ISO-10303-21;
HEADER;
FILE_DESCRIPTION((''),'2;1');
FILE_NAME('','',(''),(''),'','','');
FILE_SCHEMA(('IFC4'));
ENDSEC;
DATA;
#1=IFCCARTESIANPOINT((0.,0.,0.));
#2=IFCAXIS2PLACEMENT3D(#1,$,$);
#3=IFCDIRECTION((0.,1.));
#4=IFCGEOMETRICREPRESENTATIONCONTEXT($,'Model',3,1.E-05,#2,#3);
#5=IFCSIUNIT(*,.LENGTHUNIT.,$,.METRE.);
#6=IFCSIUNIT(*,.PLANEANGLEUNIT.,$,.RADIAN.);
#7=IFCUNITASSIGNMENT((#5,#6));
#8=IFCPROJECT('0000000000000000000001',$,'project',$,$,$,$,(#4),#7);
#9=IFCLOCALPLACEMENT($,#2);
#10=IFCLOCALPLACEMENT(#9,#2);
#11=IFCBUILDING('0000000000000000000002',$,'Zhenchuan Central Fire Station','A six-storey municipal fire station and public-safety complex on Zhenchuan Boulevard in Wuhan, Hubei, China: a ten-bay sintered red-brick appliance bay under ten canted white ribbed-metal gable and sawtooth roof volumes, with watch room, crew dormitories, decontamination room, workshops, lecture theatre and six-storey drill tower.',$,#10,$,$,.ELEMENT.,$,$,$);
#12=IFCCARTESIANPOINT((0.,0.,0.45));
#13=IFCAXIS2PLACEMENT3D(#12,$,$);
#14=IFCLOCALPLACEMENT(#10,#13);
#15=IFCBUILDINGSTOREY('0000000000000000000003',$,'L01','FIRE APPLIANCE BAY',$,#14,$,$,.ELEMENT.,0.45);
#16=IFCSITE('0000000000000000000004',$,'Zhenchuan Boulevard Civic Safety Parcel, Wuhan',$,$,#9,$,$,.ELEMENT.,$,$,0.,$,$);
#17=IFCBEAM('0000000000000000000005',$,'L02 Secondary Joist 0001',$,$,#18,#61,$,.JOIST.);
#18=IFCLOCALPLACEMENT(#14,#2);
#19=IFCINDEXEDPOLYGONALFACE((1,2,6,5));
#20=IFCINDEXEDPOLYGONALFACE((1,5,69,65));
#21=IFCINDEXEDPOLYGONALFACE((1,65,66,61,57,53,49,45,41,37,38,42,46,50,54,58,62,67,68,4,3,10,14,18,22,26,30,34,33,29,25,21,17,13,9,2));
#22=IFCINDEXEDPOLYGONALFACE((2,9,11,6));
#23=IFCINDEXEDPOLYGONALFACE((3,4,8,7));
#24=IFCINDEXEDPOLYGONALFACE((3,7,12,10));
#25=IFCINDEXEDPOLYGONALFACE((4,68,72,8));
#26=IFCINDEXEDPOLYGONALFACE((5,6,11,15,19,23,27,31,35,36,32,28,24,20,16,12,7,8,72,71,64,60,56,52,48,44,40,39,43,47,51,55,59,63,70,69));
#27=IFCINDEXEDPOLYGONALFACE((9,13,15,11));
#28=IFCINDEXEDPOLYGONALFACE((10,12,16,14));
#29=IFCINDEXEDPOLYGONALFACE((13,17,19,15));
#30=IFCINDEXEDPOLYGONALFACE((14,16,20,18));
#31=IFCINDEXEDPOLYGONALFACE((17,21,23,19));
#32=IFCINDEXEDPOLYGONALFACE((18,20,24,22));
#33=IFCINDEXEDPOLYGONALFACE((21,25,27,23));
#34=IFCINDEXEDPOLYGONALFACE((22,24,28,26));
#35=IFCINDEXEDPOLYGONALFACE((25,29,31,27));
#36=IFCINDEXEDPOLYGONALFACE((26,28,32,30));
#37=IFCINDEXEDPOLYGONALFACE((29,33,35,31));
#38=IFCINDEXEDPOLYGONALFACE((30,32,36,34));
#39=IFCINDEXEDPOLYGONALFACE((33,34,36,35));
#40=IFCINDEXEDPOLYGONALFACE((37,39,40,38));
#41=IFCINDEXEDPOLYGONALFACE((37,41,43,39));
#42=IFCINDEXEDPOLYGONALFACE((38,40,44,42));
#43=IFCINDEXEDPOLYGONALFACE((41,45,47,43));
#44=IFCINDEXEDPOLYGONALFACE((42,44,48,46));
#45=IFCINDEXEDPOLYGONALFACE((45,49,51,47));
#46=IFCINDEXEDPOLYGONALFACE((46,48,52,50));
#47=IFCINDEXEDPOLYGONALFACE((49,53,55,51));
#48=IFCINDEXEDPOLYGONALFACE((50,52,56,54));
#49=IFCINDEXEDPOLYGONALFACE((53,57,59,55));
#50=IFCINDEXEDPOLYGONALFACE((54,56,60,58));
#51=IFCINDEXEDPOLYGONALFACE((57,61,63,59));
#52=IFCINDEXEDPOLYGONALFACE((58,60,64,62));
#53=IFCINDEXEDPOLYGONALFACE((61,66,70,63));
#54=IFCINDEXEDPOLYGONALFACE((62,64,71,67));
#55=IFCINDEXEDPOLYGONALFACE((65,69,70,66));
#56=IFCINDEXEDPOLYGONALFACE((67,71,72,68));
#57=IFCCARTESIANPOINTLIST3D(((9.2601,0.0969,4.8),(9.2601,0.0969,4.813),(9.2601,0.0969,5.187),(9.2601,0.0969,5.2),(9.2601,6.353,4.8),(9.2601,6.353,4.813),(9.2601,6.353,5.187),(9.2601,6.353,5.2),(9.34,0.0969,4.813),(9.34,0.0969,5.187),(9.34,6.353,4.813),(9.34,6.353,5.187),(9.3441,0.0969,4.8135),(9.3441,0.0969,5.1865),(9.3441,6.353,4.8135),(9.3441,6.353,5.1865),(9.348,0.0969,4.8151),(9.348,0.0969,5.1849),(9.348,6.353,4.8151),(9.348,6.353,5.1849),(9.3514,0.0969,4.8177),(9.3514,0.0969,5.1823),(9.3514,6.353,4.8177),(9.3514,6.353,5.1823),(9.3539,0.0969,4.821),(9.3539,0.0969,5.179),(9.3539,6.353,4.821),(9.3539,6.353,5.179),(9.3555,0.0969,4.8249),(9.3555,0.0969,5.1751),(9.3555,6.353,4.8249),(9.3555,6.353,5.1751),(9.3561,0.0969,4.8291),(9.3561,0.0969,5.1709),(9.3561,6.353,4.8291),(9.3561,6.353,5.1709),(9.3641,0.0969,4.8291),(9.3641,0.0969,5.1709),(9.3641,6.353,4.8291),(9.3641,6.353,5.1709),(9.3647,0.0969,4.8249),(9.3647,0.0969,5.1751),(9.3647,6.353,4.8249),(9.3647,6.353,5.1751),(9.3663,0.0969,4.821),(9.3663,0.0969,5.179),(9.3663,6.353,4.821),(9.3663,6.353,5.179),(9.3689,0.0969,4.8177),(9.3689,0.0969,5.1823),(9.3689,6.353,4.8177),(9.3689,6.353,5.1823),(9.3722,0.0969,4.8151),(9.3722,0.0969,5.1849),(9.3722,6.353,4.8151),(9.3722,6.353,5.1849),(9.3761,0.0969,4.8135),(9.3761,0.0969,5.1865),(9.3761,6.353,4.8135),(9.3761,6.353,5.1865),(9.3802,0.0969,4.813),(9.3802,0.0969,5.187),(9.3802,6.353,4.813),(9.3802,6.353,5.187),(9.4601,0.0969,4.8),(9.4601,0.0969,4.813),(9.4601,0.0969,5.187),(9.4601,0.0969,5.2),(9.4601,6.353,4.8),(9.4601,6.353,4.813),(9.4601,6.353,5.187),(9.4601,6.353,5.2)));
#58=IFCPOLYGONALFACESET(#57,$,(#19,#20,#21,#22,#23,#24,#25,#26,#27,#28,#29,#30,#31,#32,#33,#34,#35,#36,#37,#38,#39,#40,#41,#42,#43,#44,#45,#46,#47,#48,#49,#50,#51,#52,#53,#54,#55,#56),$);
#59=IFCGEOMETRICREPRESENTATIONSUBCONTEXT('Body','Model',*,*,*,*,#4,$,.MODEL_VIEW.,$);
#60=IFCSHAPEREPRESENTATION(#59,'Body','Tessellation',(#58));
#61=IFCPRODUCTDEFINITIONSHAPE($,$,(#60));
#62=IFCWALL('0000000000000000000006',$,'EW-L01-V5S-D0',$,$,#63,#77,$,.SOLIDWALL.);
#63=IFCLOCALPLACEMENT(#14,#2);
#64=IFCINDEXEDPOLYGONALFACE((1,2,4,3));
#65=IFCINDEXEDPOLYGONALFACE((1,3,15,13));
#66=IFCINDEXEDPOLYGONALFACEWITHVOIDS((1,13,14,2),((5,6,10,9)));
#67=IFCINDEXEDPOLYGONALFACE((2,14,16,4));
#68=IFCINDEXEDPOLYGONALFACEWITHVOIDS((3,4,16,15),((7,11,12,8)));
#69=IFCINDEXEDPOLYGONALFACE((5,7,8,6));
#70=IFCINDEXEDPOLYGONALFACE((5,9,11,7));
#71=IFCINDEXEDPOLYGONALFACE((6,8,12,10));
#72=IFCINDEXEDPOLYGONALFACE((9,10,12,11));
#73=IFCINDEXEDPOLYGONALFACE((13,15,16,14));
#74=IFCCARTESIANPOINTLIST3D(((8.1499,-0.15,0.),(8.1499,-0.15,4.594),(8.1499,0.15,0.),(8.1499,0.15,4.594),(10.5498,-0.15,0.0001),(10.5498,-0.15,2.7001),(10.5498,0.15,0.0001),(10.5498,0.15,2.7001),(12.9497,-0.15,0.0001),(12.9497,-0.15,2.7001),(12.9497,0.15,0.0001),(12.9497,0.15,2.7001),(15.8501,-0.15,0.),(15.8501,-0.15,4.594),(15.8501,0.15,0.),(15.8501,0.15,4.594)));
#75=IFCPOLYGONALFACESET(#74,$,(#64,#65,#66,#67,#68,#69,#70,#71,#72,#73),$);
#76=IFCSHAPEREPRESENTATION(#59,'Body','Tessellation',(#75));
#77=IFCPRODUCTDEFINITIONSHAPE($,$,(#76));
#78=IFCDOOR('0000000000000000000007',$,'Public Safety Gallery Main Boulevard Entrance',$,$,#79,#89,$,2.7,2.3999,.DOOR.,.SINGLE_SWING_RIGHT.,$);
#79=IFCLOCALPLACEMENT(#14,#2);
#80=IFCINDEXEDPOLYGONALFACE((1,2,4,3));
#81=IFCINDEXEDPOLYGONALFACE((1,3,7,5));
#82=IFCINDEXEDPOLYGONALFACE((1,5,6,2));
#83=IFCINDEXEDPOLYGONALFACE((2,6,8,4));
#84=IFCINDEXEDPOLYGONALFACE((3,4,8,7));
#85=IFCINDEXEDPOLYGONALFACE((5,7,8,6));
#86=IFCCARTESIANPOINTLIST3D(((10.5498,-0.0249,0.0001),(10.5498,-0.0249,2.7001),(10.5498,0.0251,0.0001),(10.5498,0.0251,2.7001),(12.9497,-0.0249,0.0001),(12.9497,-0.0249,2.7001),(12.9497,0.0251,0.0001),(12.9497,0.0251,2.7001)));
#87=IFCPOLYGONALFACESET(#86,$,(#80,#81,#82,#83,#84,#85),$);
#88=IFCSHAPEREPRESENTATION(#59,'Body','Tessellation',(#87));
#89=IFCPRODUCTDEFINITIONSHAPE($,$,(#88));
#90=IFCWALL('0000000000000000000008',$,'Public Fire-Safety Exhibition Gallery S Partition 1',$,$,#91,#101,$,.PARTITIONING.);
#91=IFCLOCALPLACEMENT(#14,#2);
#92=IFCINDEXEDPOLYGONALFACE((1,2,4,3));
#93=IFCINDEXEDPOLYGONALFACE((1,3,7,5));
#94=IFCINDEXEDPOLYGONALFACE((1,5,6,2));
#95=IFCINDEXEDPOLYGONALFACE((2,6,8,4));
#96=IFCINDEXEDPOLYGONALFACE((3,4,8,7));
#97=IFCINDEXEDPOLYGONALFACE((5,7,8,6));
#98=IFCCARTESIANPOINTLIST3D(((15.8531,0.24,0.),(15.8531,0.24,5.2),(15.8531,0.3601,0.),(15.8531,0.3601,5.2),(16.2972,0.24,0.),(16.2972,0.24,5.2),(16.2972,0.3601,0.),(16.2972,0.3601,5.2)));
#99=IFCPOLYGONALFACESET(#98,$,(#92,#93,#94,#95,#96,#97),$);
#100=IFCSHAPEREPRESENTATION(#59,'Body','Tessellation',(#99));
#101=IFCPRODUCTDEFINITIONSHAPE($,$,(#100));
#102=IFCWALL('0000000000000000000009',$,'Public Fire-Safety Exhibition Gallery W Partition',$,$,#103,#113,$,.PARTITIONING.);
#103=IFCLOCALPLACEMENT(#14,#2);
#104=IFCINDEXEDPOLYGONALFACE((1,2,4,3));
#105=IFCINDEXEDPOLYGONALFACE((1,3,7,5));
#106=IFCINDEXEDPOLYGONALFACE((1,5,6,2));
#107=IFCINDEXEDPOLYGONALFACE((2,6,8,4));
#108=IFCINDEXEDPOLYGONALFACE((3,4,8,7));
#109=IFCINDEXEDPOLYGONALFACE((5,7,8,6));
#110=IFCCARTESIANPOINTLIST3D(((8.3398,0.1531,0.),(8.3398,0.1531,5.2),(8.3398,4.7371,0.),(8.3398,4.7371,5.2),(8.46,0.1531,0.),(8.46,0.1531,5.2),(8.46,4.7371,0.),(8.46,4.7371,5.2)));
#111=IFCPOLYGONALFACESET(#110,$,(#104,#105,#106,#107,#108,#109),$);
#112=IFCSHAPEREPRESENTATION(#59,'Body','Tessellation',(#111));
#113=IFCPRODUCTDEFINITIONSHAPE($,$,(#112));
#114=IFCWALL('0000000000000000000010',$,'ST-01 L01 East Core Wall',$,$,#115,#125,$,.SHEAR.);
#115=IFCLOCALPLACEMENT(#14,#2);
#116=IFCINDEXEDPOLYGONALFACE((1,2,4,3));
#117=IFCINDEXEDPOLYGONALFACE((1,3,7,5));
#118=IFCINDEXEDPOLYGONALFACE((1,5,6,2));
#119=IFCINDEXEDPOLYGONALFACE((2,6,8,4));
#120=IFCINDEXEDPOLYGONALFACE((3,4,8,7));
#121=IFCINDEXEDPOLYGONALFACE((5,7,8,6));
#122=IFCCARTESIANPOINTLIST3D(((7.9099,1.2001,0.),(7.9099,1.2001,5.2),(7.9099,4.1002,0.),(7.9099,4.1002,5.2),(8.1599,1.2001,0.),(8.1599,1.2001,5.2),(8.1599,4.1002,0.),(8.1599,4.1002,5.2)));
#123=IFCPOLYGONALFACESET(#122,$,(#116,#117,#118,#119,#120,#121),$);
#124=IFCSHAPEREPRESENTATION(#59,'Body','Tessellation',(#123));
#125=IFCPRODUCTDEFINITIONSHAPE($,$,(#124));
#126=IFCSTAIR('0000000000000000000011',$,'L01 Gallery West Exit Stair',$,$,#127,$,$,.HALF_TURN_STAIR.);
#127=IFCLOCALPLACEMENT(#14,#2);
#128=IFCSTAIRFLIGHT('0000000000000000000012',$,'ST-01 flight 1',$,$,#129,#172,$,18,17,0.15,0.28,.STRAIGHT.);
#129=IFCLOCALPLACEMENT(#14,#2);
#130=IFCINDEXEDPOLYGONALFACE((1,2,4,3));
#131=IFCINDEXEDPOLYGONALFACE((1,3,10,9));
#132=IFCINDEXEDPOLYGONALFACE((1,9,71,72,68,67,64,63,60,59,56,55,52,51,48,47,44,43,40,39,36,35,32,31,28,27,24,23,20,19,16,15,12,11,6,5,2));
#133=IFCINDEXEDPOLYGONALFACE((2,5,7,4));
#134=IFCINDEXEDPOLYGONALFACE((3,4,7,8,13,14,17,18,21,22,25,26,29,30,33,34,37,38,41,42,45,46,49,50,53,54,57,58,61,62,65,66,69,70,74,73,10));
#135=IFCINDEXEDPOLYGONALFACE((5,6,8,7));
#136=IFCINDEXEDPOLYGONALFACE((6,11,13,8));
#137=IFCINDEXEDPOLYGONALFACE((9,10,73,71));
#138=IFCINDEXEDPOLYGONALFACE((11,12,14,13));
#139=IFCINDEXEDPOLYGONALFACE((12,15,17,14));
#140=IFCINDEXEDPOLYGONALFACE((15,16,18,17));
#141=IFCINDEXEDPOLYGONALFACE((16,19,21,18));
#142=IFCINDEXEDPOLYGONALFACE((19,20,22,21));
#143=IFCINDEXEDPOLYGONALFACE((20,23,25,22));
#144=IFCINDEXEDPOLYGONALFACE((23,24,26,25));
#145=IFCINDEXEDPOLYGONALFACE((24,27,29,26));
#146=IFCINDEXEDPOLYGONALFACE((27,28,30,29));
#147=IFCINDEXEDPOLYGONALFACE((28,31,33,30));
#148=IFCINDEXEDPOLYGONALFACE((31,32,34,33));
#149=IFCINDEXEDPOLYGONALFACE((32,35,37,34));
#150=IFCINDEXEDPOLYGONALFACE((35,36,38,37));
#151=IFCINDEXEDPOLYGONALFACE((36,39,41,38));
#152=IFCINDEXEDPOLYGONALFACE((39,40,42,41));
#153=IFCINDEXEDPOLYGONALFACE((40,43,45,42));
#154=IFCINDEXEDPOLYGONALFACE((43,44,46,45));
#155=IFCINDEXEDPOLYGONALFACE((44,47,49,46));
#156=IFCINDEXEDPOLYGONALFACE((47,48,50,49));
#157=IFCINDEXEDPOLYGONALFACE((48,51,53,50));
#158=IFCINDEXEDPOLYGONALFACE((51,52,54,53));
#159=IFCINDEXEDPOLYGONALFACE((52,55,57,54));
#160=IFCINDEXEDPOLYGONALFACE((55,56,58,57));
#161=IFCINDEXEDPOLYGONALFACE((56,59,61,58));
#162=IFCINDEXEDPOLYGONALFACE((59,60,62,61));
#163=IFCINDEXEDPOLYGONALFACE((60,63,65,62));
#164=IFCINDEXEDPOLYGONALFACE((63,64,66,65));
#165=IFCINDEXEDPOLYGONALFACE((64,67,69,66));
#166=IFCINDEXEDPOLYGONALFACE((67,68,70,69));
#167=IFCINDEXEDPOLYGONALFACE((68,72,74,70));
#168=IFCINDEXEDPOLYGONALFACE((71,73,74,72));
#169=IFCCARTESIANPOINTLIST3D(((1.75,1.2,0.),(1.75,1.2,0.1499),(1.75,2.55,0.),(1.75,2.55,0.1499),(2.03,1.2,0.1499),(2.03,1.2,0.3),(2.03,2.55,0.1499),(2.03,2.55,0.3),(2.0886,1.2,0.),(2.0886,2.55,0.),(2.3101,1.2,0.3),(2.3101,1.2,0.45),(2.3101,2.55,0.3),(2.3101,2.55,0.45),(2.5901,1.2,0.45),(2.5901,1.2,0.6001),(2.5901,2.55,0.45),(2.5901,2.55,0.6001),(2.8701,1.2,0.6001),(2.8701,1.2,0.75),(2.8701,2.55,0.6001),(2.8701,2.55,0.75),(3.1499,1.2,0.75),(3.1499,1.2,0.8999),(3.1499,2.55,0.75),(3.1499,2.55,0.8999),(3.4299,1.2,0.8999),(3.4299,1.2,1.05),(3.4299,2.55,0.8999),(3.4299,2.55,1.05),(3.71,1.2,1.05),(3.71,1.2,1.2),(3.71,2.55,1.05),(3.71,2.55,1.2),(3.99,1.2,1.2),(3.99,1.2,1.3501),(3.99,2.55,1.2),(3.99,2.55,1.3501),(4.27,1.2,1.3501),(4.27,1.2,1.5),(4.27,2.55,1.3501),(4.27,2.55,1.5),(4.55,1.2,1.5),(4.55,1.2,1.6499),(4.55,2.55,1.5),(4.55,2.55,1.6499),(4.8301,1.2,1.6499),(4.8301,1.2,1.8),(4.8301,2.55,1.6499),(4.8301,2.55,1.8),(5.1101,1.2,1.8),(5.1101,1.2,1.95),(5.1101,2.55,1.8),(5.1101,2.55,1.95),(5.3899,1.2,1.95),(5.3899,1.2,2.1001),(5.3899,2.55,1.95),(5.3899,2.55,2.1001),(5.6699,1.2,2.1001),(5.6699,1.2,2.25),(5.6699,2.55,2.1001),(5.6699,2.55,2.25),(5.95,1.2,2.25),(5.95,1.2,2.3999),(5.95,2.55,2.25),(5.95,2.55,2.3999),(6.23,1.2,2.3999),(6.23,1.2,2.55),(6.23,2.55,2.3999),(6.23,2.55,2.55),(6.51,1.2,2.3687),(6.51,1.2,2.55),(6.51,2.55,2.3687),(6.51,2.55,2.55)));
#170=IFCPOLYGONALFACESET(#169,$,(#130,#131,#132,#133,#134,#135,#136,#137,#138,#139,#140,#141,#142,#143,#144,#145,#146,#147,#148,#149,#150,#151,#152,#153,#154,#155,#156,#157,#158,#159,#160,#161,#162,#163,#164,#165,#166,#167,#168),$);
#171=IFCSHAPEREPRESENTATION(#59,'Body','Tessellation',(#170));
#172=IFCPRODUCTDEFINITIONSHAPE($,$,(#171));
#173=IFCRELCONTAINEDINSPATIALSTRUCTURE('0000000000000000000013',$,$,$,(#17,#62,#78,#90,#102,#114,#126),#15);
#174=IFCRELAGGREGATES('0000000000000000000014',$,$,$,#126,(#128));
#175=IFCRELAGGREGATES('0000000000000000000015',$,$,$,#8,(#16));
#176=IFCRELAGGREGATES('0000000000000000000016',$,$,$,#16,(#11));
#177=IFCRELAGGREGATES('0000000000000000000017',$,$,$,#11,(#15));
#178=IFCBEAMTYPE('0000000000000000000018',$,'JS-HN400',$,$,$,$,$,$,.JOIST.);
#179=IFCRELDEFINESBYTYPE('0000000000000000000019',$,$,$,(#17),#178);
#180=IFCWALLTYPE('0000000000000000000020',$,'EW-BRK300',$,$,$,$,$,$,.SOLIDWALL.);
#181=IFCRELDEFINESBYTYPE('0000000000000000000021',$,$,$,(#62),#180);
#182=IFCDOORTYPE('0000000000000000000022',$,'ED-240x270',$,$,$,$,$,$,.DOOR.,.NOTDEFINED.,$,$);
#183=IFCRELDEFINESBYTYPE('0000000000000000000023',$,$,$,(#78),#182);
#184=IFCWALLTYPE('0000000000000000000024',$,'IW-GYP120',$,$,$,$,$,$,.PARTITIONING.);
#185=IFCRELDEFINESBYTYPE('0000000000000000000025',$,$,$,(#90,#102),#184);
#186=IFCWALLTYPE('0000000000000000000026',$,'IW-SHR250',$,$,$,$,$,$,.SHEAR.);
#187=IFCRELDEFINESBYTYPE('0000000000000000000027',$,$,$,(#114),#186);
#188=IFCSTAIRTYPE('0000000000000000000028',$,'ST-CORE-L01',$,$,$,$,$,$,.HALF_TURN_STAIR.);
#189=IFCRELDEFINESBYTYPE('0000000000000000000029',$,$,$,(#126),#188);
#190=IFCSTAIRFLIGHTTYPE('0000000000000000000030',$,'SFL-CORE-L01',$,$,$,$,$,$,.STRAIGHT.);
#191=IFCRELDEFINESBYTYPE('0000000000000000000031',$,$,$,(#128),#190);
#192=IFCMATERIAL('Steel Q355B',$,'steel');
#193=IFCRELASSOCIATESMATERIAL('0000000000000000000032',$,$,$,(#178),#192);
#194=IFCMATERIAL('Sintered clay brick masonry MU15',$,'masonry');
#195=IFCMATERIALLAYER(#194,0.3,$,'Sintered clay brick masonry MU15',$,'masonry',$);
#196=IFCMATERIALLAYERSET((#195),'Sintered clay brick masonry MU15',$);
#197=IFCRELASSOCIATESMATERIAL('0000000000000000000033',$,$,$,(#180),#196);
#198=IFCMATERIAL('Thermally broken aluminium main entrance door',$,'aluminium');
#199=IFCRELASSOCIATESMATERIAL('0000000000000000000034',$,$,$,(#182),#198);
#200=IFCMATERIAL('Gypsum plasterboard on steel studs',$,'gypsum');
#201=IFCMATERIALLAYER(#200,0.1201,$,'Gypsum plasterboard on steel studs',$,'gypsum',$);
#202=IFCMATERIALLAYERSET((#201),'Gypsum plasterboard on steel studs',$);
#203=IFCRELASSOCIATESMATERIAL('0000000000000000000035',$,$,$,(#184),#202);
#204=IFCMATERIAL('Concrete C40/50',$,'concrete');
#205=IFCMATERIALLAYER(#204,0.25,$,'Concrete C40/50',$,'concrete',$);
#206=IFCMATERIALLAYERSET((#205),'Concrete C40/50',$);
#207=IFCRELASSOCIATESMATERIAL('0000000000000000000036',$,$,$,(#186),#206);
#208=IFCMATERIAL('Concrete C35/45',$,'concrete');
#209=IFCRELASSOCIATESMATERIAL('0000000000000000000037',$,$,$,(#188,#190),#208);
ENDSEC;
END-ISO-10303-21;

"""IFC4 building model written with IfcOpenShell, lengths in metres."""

from ifc_helpers import new_model, si_unit, direction, frame, frame_2d, origin, origin_2d, place, context, subcontext, project, spatial, polyline, rectangle, i_section, outline, extrude, material, layer, layer_set, material_profile, profile_set, type_object, element, fill, aggregate, save


model = new_model("IFC4")

# Units and contexts
model_context = context("Model", 3, precision=1e-05, world=origin(), true_north=direction((0.0, 1.0)))
body_context = subcontext(model_context, "Body", "Model", "MODEL_VIEW")
ifc_project = project(units=[si_unit("LENGTHUNIT", "METRE"), si_unit("PLANEANGLEUNIT", "RADIAN")], contexts=[model_context])

# Site, building, storey
site_placement = place(None, origin())
site = spatial("IfcSite", under=ifc_project, at=site_placement, Name="Zhenchuan Boulevard Civic Safety Parcel, Wuhan", CompositionType="ELEMENT", RefElevation=0.0)
building_placement = place(site_placement, origin())
building = spatial("IfcBuilding", under=site, at=building_placement, Name="Zhenchuan Central Fire Station", Description="A six-storey municipal fire station and public-safety complex on Zhenchuan Boulevard in Wuhan, Hubei, China: a ten-bay sintered red-brick appliance bay under ten canted white ribbed-metal gable and sawtooth roof volumes, with watch room, crew dormitories, decontamination room, workshops, lecture theatre and six-storey drill tower.", CompositionType="ELEMENT")
storey_placement = place(building_placement, frame((0.0, 0.0, 0.45)))
storey = spatial("IfcBuildingStorey", under=building, at=storey_placement, Name="L01", Description="FIRE APPLIANCE BAY", CompositionType="ELEMENT", Elevation=0.45)

# Shared definitions
ifc_material_1 = material(Name="Concrete C40/50", Category="concrete")

# Shared definitions
ifc_material_2 = material(Name="Concrete C35/45", Category="concrete")

# Shared definitions
ifc_material_3 = material(Name="Steel Q355B", Category="steel")

# Beam
ifc_material_profile_1 = material_profile(ifc_material_3, i_section(OverallWidth=0.2, OverallDepth=0.3999, WebThickness=0.0081, FlangeThickness=0.0129, FilletRadius=0.0161, at=origin_2d()), Name="HN 400x200")
ifc_profile_set_1 = profile_set([ifc_material_profile_1], Name="Steel Q355B")
beam_type_1 = type_object("IfcBeamType", Name="JS-HN400", PredefinedType="JOIST", material=ifc_profile_set_1)
beam_1_placement = place(storey_placement, frame((9.3601, 0.0969, 5.0), z_axis=(0.0, 1.0, 0.0), x_axis=(-1.0, 0.0, 0.0)))
element("IfcBeam", 1, at=beam_1_placement, inside=storey, type_object=beam_type_1, Name="L02 Secondary Joist 0001", PredefinedType="JOIST", context=body_context, shape_type="SweptSolid", body=[
    extrude(i_section(OverallWidth=0.2, OverallDepth=0.3999, WebThickness=0.0081, FlangeThickness=0.0129, FilletRadius=0.0161, at=origin_2d()), origin(), (0.0, 0.0, 1.0), 6.2561),
])

# Wall, opening, door
ifc_material_4 = material(Name="Sintered clay brick masonry MU15", Category="masonry")
ifc_layer_1 = layer(ifc_material_4, 0.3, Name="Sintered clay brick masonry MU15", Category="masonry")
ifc_layer_set_1 = layer_set([ifc_layer_1], Name="Sintered clay brick masonry MU15")
wall_type_1 = type_object("IfcWallType", Name="EW-BRK300", PredefinedType="SOLIDWALL", material=ifc_layer_set_1)
wall_1_placement = place(storey_placement, frame((8.1499, 0.0, 0.0), z_axis=(0.0, 0.0, 1.0), x_axis=(1.0, 0.0, 0.0)))
wall_1 = element("IfcWall", 2, at=wall_1_placement, inside=storey, type_object=wall_type_1, Name="EW-L01-V5S-D0", PredefinedType="SOLIDWALL", context=body_context, shape_type="SweptSolid", body=[
    extrude(rectangle(XDim=7.7002, YDim=0.3, at=frame_2d((3.8501, 0.0))), origin(), (0.0, 0.0, 1.0), 4.594),
])
opening_placement = place(wall_1_placement, frame((2.3999, 0.0, 0.0)))
opening = element("IfcOpeningElement", 3, at=opening_placement, cuts=wall_1, PredefinedType="OPENING", context=body_context, shape_type="SweptSolid", body=[
    extrude(rectangle(XDim=2.3999, YDim=2.7, at=frame_2d((1.2, 1.3501))), frame((0.0, 0.1599, 0.0), z_axis=(0.0, -1.0, 0.0), x_axis=(1.0, 0.0, 0.0)), (0.0, 0.0, 1.0), 0.3201),
])
ifc_material_5 = material(Name="Thermally broken aluminium main entrance door", Category="aluminium")
door_type = type_object("IfcDoorType", Name="ED-240x270", OperationType="NOTDEFINED", PredefinedType="DOOR", material=ifc_material_5)
door_placement = place(opening_placement, frame((2.3999, 0.0, 0.0), z_axis=(0.0, 0.0, 1.0), x_axis=(-1.0, 0.0, 0.0)))
door = element("IfcDoor", 4, at=door_placement, inside=storey, type_object=door_type, Name="Public Safety Gallery Main Boulevard Entrance", OperationType="SINGLE_SWING_RIGHT", OverallHeight=2.7, OverallWidth=2.3999, PredefinedType="DOOR", context=body_context, shape_type="SweptSolid", body=[
    extrude(rectangle(XDim=2.3999, YDim=2.7, at=frame_2d((1.2, 1.3501))), frame((0.0, 0.0249, 0.0), z_axis=(0.0, -1.0, 0.0), x_axis=(1.0, 0.0, 0.0)), (0.0, 0.0, 1.0), 0.05),
])
fill(opening, door)

# Walls
ifc_material_6 = material(Name="Gypsum plasterboard on steel studs", Category="gypsum")
ifc_layer_2 = layer(ifc_material_6, 0.1201, Name="Gypsum plasterboard on steel studs", Category="gypsum")
ifc_layer_set_2 = layer_set([ifc_layer_2], Name="Gypsum plasterboard on steel studs")
wall_type_2 = type_object("IfcWallType", Name="IW-GYP120", PredefinedType="PARTITIONING", material=ifc_layer_set_2)
wall_2_placement = place(storey_placement, frame((15.853, 0.3, 0.0), z_axis=(0.0, 0.0, 1.0), x_axis=(1.0, 0.0, 0.0)))
element("IfcWall", 5, at=wall_2_placement, inside=storey, type_object=wall_type_2, Name="Public Fire-Safety Exhibition Gallery S Partition 1", PredefinedType="PARTITIONING", context=body_context, shape_type="SweptSolid", body=[
    extrude(rectangle(XDim=0.4441, YDim=0.1201, at=frame_2d((0.2222, 0.0))), origin(), (0.0, 0.0, 1.0), 5.2),
])
wall_3_placement = place(storey_placement, frame((8.3999, 0.1531, 0.0), z_axis=(0.0, 0.0, 1.0), x_axis=(0.0, 1.0, 0.0)))
element("IfcWall", 6, at=wall_3_placement, inside=storey, type_object=wall_type_2, Name="Public Fire-Safety Exhibition Gallery W Partition", PredefinedType="PARTITIONING", context=body_context, shape_type="SweptSolid", body=[
    extrude(rectangle(XDim=4.584, YDim=0.1201, at=frame_2d((2.292, 0.0))), origin(), (0.0, 0.0, 1.0), 5.2),
])
ifc_layer_3 = layer(ifc_material_1, 0.25, Name="Concrete C40/50", Category="concrete")
ifc_layer_set_3 = layer_set([ifc_layer_3], Name="Concrete C40/50")
wall_type_3 = type_object("IfcWallType", Name="IW-SHR250", PredefinedType="SHEAR", material=ifc_layer_set_3)
wall_4_placement = place(storey_placement, frame((8.0349, 1.2, 0.0), z_axis=(0.0, 0.0, 1.0), x_axis=(0.0, 1.0, 0.0)))
element("IfcWall", 7, at=wall_4_placement, inside=storey, type_object=wall_type_3, Name="ST-01 L01 East Core Wall", PredefinedType="SHEAR", context=body_context, shape_type="SweptSolid", body=[
    extrude(rectangle(XDim=2.9001, YDim=0.25, at=frame_2d((1.4502, 0.0))), origin(), (0.0, 0.0, 1.0), 5.2),
])

# Stair, stair flight
stair_type = type_object("IfcStairType", Name="ST-CORE-L01", PredefinedType="HALF_TURN_STAIR", material=ifc_material_2)
stair_placement = place(storey_placement, origin())
stair = element("IfcStair", 8, at=stair_placement, inside=storey, type_object=stair_type, Name="L01 Gallery West Exit Stair", PredefinedType="HALF_TURN_STAIR")
stair_flight_type = type_object("IfcStairFlightType", Name="SFL-CORE-L01", PredefinedType="STRAIGHT", material=ifc_material_2)
stair_flight_placement = place(storey_placement, frame((1.75, 1.875, 0.0), z_axis=(0.0, 0.0, 1.0), x_axis=(1.0, 0.0, 0.0)))
stair_flight = element("IfcStairFlight", 9, at=stair_flight_placement, type_object=stair_flight_type, Name="ST-01 flight 1", NumberOfRisers=18, NumberOfTreads=17, PredefinedType="STRAIGHT", RiserHeight=0.15, TreadLength=0.28, context=body_context, shape_type="SweptSolid", body=[
    extrude(outline(polyline([(0.0, 0.0), (0.0, 0.1499), (0.28, 0.1499), (0.28, 0.3), (0.5601, 0.3), (0.5601, 0.45), (0.8401, 0.45), (0.8401, 0.6001), (1.1201, 0.6001), (1.1201, 0.75), (1.3999, 0.75), (1.3999, 0.8999), (1.6799, 0.8999), (1.6799, 1.05), (1.96, 1.05), (1.96, 1.2), (2.24, 1.2), (2.24, 1.3501), (2.52, 1.3501), (2.52, 1.5), (2.8, 1.5), (2.8, 1.6499), (3.0801, 1.6499), (3.0801, 1.8), (3.3601, 1.8), (3.3601, 1.95), (3.6399, 1.95), (3.6399, 2.1001), (3.9199, 2.1001), (3.9199, 2.25), (4.2, 2.25), (4.2, 2.3999), (4.48, 2.3999), (4.48, 2.55), (4.76, 2.55), (4.76, 2.7), (4.76, 2.3687), (0.3386, 0.0), (0.0, 0.0)])), frame((0.0, 0.675, 0.0), z_axis=(0.0, -1.0, 0.0), x_axis=(1.0, 0.0, 0.0)), (0.0, 0.0, 1.0), 1.3501),
])
aggregate(stair, [stair_flight])

save(model, "model.ifc")
